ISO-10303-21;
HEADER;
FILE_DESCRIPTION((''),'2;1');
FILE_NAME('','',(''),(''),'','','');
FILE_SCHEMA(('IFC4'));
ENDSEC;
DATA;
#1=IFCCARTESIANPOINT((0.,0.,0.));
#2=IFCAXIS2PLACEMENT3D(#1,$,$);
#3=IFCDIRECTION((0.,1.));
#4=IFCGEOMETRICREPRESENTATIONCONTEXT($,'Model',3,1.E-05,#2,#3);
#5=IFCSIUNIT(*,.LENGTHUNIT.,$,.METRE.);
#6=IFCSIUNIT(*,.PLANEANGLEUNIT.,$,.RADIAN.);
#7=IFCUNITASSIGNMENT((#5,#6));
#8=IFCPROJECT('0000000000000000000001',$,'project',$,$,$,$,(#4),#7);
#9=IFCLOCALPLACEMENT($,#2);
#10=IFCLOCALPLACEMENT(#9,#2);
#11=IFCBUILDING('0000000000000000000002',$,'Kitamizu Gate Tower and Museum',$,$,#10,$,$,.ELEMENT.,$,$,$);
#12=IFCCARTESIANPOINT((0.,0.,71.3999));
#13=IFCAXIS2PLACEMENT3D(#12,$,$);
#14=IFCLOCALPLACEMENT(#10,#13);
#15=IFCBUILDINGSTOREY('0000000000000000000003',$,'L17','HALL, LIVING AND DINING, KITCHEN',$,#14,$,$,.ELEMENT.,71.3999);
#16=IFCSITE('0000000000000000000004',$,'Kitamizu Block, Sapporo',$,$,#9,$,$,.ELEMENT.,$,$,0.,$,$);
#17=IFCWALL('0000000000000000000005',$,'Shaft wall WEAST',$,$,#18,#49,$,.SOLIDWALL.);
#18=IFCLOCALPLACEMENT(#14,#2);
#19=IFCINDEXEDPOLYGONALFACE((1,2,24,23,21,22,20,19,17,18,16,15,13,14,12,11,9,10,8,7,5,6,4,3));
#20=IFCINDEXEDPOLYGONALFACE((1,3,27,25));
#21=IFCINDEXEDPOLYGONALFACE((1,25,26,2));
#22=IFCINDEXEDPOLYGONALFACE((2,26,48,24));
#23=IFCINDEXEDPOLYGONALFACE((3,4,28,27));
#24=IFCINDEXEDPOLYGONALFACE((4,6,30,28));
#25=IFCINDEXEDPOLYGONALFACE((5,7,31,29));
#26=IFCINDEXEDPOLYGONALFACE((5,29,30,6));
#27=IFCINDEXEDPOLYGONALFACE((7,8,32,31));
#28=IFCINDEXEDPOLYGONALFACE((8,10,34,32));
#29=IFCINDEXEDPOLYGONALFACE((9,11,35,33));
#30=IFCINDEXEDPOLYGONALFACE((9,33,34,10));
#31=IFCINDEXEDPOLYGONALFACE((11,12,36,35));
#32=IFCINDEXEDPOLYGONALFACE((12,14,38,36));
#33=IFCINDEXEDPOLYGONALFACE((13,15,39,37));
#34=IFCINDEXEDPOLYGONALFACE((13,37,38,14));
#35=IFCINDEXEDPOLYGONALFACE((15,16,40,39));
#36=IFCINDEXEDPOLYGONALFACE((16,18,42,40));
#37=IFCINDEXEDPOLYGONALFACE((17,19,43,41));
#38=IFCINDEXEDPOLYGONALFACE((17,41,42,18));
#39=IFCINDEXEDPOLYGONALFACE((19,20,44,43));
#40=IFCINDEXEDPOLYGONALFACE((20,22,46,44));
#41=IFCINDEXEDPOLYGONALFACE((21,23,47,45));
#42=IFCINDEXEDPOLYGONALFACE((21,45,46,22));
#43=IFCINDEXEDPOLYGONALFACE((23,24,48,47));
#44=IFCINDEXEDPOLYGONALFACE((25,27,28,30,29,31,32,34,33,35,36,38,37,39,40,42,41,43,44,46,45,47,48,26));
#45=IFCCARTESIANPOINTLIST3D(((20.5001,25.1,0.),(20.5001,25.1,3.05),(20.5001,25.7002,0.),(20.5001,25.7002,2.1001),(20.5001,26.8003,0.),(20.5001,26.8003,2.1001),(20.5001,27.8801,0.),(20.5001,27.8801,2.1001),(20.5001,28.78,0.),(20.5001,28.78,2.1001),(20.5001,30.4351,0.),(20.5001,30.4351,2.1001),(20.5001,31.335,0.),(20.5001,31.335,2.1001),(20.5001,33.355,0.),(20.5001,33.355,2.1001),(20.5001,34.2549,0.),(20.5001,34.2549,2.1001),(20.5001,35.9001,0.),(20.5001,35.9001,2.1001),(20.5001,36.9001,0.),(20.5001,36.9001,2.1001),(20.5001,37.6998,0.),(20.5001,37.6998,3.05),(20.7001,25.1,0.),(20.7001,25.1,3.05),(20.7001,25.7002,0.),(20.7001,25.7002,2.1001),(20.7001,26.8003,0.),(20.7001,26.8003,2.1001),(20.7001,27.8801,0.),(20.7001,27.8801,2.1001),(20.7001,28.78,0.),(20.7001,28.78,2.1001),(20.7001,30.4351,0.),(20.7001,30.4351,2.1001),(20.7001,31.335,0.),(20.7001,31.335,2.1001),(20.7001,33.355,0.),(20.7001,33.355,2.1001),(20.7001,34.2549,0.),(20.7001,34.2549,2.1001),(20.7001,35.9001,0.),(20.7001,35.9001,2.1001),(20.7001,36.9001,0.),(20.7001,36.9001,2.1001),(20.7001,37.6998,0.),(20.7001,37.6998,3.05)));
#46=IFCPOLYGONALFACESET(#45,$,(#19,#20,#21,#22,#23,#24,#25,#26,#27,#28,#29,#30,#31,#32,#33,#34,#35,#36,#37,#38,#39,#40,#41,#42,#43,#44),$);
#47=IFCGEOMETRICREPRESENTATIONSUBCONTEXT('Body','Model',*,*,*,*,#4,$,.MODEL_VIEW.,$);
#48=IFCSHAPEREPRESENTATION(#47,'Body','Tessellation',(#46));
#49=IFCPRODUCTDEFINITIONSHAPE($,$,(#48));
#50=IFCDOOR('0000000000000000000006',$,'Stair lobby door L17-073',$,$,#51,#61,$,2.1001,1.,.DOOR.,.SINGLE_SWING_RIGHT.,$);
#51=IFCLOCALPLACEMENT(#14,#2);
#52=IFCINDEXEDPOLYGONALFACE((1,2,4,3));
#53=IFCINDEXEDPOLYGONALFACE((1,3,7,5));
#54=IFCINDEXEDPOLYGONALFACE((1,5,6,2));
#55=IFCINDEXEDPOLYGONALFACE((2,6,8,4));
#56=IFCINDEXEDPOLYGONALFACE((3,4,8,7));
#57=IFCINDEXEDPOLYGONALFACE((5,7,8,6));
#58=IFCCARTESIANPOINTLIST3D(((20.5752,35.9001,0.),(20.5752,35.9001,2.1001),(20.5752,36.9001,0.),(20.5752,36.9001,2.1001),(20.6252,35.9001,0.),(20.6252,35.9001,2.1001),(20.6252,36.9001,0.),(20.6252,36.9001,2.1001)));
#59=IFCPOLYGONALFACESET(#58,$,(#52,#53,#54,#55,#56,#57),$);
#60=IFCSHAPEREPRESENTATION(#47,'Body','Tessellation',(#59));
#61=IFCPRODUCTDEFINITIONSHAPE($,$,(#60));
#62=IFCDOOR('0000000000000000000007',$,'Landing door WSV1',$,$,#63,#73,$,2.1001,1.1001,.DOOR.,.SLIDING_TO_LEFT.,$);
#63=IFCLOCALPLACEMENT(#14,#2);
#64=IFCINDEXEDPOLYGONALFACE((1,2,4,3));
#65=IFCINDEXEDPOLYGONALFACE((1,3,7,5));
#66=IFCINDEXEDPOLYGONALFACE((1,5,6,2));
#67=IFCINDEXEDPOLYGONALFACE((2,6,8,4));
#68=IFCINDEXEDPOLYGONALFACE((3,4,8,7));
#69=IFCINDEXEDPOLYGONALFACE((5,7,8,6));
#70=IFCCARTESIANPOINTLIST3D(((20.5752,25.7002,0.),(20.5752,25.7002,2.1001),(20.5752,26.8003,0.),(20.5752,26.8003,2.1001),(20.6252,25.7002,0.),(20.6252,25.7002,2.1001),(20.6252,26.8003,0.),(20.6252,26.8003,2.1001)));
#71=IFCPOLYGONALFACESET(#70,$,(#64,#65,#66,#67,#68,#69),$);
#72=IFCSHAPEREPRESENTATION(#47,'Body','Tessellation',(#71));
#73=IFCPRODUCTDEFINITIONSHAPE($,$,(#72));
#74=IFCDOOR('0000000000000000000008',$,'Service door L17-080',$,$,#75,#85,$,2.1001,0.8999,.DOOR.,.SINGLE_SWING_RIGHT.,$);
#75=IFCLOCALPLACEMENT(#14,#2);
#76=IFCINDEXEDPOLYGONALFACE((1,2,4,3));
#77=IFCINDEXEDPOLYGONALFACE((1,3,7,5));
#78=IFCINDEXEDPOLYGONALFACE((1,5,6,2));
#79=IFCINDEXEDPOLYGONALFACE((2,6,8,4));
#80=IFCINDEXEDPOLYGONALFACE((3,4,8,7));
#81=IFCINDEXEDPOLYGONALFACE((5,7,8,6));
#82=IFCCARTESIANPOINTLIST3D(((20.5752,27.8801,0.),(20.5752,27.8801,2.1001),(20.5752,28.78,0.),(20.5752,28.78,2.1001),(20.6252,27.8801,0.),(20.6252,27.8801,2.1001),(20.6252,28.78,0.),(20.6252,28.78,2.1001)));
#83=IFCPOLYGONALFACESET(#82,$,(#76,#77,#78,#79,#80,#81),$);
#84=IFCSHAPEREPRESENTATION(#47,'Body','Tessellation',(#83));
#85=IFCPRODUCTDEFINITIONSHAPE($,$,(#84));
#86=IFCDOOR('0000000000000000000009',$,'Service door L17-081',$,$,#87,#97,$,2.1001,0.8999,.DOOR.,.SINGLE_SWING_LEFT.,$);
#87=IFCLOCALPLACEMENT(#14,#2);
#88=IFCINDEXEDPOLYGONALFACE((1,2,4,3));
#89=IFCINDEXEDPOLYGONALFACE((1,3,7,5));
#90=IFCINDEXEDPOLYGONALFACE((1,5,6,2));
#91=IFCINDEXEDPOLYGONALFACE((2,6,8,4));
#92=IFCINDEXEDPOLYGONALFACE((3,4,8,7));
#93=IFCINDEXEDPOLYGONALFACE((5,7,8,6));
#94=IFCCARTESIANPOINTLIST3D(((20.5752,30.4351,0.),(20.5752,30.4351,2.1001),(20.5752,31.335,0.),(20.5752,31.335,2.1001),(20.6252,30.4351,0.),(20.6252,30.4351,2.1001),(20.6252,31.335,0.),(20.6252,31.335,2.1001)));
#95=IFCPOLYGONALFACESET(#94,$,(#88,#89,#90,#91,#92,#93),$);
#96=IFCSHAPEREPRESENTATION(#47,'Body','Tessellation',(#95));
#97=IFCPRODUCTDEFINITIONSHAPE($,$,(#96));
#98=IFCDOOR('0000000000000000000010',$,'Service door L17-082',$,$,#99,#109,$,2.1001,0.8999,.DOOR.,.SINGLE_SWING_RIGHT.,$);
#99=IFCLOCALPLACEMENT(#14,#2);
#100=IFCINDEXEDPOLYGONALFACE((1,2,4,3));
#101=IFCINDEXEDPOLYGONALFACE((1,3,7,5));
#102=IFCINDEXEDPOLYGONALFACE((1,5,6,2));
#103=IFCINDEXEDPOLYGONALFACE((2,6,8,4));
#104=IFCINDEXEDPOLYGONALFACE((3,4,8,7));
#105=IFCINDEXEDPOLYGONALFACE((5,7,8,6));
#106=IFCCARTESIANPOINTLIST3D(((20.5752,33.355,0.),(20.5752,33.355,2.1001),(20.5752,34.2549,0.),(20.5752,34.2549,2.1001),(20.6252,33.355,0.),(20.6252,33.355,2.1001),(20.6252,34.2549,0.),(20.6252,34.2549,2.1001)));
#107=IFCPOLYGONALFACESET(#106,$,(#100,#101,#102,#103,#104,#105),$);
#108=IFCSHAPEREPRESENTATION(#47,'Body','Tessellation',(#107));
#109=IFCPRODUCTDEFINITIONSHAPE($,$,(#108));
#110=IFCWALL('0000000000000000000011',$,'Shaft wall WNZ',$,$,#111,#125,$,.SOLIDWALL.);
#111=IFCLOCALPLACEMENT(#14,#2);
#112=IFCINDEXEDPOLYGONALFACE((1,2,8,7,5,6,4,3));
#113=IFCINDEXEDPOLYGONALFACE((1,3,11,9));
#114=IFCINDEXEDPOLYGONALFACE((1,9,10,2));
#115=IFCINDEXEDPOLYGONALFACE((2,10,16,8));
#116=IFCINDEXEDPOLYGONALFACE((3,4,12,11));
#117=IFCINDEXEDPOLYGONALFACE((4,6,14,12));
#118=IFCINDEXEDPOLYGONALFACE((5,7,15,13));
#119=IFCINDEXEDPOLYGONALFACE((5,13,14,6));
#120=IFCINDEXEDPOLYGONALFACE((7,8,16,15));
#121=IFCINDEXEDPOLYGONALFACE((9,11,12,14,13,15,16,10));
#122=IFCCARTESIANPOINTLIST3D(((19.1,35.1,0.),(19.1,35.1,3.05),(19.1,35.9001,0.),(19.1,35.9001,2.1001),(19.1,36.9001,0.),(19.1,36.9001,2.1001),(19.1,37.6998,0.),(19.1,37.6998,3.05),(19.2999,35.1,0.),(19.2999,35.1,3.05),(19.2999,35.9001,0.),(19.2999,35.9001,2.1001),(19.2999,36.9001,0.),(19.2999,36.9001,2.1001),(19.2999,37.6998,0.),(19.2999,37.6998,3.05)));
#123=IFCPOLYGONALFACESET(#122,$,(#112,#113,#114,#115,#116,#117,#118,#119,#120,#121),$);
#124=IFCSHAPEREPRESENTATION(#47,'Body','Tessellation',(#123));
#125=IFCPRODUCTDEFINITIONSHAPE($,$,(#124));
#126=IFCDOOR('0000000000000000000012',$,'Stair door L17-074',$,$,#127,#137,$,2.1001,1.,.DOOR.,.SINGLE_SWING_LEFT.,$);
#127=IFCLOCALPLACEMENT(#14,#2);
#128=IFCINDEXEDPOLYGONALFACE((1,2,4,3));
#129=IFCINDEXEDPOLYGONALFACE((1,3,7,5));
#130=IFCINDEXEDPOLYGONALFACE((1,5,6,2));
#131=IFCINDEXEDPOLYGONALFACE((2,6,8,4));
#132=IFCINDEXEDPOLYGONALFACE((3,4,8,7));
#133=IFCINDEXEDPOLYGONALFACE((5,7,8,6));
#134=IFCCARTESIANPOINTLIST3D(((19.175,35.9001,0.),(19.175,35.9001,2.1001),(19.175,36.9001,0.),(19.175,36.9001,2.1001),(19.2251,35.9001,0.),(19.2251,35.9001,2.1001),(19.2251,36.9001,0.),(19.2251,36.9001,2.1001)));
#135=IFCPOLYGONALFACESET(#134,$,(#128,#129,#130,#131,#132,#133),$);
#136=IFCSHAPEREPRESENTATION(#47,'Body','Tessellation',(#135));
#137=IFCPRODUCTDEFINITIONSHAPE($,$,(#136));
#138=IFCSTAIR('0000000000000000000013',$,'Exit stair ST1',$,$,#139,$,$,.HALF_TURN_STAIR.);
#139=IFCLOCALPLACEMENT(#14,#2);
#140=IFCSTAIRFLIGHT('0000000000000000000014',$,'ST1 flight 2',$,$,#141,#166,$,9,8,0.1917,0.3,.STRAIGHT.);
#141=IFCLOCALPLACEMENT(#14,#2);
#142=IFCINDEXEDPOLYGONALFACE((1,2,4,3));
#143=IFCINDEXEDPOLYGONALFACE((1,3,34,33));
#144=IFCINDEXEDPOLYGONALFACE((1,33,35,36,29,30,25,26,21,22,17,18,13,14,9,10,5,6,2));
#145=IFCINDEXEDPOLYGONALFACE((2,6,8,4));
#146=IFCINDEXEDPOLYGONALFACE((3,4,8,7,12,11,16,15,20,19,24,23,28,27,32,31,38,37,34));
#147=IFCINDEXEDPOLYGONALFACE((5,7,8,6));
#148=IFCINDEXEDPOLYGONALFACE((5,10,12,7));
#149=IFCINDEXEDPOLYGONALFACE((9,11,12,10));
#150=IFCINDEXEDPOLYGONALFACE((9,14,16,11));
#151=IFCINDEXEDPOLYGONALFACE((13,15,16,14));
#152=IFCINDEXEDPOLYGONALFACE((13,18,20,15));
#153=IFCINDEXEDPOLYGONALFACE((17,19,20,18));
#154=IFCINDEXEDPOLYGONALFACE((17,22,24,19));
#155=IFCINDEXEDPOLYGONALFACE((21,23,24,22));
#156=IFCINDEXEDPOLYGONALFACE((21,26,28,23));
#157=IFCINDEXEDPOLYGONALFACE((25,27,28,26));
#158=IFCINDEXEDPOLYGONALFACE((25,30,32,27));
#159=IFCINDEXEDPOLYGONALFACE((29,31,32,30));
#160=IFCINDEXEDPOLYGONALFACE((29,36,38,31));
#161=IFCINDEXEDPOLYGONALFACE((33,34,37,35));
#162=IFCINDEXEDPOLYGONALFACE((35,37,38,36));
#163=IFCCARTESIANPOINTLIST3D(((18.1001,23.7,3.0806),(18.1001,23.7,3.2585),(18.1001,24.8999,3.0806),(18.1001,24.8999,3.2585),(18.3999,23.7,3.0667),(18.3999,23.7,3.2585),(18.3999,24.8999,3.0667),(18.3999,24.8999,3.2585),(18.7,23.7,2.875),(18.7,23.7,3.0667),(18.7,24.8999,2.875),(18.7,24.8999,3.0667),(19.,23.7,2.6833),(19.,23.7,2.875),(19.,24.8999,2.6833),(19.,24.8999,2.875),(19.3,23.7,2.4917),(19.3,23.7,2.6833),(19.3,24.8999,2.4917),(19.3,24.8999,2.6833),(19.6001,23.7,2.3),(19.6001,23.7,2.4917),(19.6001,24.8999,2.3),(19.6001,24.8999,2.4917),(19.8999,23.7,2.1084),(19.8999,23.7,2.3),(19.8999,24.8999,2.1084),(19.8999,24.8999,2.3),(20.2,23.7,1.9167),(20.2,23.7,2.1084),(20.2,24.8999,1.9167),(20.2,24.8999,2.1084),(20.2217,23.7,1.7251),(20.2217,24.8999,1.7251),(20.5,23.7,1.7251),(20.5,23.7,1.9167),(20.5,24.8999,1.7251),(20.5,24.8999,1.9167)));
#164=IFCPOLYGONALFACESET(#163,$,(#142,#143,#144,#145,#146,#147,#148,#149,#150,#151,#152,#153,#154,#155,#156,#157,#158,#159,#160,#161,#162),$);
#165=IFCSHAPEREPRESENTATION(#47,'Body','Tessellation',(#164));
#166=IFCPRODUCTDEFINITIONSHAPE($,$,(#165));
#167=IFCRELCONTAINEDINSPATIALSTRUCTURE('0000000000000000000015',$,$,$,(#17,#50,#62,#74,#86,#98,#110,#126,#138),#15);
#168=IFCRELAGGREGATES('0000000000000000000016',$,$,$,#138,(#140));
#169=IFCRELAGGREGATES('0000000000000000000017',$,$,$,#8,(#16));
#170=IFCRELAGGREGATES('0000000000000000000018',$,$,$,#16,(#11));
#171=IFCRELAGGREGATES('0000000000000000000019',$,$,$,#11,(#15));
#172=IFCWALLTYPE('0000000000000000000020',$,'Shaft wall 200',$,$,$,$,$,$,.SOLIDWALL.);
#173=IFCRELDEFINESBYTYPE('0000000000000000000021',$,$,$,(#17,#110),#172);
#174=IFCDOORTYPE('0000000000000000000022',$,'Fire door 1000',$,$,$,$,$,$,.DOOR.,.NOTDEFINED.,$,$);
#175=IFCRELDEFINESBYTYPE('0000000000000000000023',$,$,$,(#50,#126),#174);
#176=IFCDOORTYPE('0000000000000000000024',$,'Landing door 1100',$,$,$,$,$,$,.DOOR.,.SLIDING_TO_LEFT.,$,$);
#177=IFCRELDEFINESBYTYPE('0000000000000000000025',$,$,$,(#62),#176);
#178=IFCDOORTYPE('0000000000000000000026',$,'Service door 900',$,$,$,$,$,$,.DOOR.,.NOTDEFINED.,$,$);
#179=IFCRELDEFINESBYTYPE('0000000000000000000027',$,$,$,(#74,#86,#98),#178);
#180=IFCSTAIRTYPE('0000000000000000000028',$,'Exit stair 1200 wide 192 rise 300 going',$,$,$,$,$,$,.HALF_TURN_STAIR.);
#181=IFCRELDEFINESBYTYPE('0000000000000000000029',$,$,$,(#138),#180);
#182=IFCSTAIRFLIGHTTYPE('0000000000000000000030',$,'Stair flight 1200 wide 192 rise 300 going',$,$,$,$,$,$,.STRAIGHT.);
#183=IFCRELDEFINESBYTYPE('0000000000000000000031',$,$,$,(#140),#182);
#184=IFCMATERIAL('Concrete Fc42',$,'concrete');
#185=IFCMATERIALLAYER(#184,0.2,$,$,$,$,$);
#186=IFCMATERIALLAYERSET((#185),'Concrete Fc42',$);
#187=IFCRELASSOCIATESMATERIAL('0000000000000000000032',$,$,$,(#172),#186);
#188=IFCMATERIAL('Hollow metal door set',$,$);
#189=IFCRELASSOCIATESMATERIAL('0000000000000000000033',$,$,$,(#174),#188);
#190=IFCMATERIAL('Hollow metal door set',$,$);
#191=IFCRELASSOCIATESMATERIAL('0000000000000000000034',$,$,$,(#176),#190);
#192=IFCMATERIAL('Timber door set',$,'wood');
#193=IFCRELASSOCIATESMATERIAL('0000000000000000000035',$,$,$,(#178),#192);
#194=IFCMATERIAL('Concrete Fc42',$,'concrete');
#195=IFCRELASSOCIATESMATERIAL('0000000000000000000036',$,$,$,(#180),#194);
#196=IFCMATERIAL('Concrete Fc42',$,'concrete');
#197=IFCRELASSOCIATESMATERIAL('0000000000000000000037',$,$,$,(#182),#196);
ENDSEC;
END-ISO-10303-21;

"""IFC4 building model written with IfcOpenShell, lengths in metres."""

from ifc_helpers import new_model, si_unit, direction, frame, frame_2d, origin, place, context, subcontext, project, spatial, polyline, rectangle, outline, extrude, material, layer, layer_set, type_object, element, fill, aggregate, save


model = new_model("IFC4")

# Units and contexts
model_context = context("Model", 3, precision=1e-05, world=origin(), true_north=direction((0.0, 1.0)))
body_context = subcontext(model_context, "Body", "Model", "MODEL_VIEW")
ifc_project = project(units=[si_unit("LENGTHUNIT", "METRE"), si_unit("PLANEANGLEUNIT", "RADIAN")], contexts=[model_context])

# Site, building, storey
site_placement = place(None, origin())
site = spatial("IfcSite", under=ifc_project, at=site_placement, Name="Kitamizu Block, Sapporo", CompositionType="ELEMENT", RefElevation=0.0)
building_placement = place(site_placement, origin())
building = spatial("IfcBuilding", under=site, at=building_placement, Name="Kitamizu Gate Tower and Museum", CompositionType="ELEMENT")
storey_placement = place(building_placement, frame((0.0, 0.0, 71.3999)))
storey = spatial("IfcBuildingStorey", under=building, at=storey_placement, Name="L17", Description="HALL, LIVING AND DINING, KITCHEN", CompositionType="ELEMENT", Elevation=71.3999)

# Wall, openings, doors
ifc_material_1 = material(Name="Concrete Fc42", Category="concrete")
ifc_layer_1 = layer(ifc_material_1, 0.2)
ifc_layer_set_1 = layer_set([ifc_layer_1], Name="Concrete Fc42")
wall_type_1 = type_object("IfcWallType", Name="Shaft wall 200", PredefinedType="SOLIDWALL", material=ifc_layer_set_1)
wall_1_placement = place(storey_placement, frame((20.6001, 25.1001, 0.0), z_axis=(0.0, 0.0, 1.0), x_axis=(0.0, 1.0, 0.0)))
wall_1 = element("IfcWall", 1, at=wall_1_placement, inside=storey, type_object=wall_type_1, Name="Shaft wall WEAST", PredefinedType="SOLIDWALL", context=body_context, shape_type="SweptSolid", body=[
    extrude(rectangle(XDim=12.5999, YDim=0.2, at=frame_2d((6.2998, 0.0))), origin(), (0.0, 0.0, 1.0), 3.05),
])
opening_1_placement = place(wall_1_placement, frame((0.6001, 0.0, 0.0)))
opening_1 = element("IfcOpeningElement", 2, at=opening_1_placement, cuts=wall_1, PredefinedType="OPENING", context=body_context, shape_type="SweptSolid", body=[
    extrude(rectangle(XDim=1.1001, YDim=2.1001, at=frame_2d((0.55, 1.05))), frame((0.0, 0.1099, 0.0), z_axis=(0.0, -1.0, 0.0), x_axis=(1.0, 0.0, 0.0)), (0.0, 0.0, 1.0), 0.22),
])
opening_2_placement = place(wall_1_placement, frame((10.8, 0.0, 0.0)))
opening_2 = element("IfcOpeningElement", 3, at=opening_2_placement, cuts=wall_1, PredefinedType="OPENING", context=body_context, shape_type="SweptSolid", body=[
    extrude(rectangle(XDim=1.0, YDim=2.1001, at=frame_2d((0.5, 1.05))), frame((0.0, 0.1099, 0.0), z_axis=(0.0, -1.0, 0.0), x_axis=(1.0, 0.0, 0.0)), (0.0, 0.0, 1.0), 0.22),
])
opening_3_placement = place(wall_1_placement, frame((2.78, 0.0, 0.0)))
opening_3 = element("IfcOpeningElement", 4, at=opening_3_placement, cuts=wall_1, PredefinedType="OPENING", context=body_context, shape_type="SweptSolid", body=[
    extrude(rectangle(XDim=0.8999, YDim=2.1001, at=frame_2d((0.45, 1.05))), frame((0.0, 0.1099, 0.0), z_axis=(0.0, -1.0, 0.0), x_axis=(1.0, 0.0, 0.0)), (0.0, 0.0, 1.0), 0.22),
])
opening_4_placement = place(wall_1_placement, frame((5.335, 0.0, 0.0)))
opening_4 = element("IfcOpeningElement", 5, at=opening_4_placement, cuts=wall_1, PredefinedType="OPENING", context=body_context, shape_type="SweptSolid", body=[
    extrude(rectangle(XDim=0.8999, YDim=2.1001, at=frame_2d((0.45, 1.05))), frame((0.0, 0.1099, 0.0), z_axis=(0.0, -1.0, 0.0), x_axis=(1.0, 0.0, 0.0)), (0.0, 0.0, 1.0), 0.22),
])
opening_5_placement = place(wall_1_placement, frame((8.2549, 0.0, 0.0)))
opening_5 = element("IfcOpeningElement", 6, at=opening_5_placement, cuts=wall_1, PredefinedType="OPENING", context=body_context, shape_type="SweptSolid", body=[
    extrude(rectangle(XDim=0.8999, YDim=2.1001, at=frame_2d((0.45, 1.05))), frame((0.0, 0.1099, 0.0), z_axis=(0.0, -1.0, 0.0), x_axis=(1.0, 0.0, 0.0)), (0.0, 0.0, 1.0), 0.22),
])
ifc_material_2 = material(Name="Hollow metal door set")
door_type_1 = type_object("IfcDoorType", Name="Fire door 1000", OperationType="NOTDEFINED", PredefinedType="DOOR", material=ifc_material_2)
door_1_placement = place(opening_2_placement, origin())
door_1 = element("IfcDoor", 7, at=door_1_placement, inside=storey, type_object=door_type_1, Name="Stair lobby door L17-073", OperationType="SINGLE_SWING_RIGHT", OverallHeight=2.1001, OverallWidth=1.0, PredefinedType="DOOR", context=body_context, shape_type="SweptSolid", body=[
    extrude(rectangle(XDim=1.0, YDim=2.1001, at=frame_2d((0.5, 1.05))), frame((0.0, 0.0249, 0.0), z_axis=(0.0, -1.0, 0.0), x_axis=(1.0, 0.0, 0.0)), (0.0, 0.0, 1.0), 0.05),
])
fill(opening_2, door_1)
ifc_material_3 = material(Name="Hollow metal door set")
door_type_2 = type_object("IfcDoorType", Name="Landing door 1100", OperationType="SLIDING_TO_LEFT", PredefinedType="DOOR", material=ifc_material_3)
door_2_placement = place(opening_1_placement, origin())
door_2 = element("IfcDoor", 8, at=door_2_placement, inside=storey, type_object=door_type_2, Name="Landing door WSV1", OperationType="SLIDING_TO_LEFT", OverallHeight=2.1001, OverallWidth=1.1001, PredefinedType="DOOR", context=body_context, shape_type="SweptSolid", body=[
    extrude(rectangle(XDim=1.1001, YDim=2.1001, at=frame_2d((0.55, 1.05))), frame((0.0, 0.0249, 0.0), z_axis=(0.0, -1.0, 0.0), x_axis=(1.0, 0.0, 0.0)), (0.0, 0.0, 1.0), 0.05),
])
fill(opening_1, door_2)
ifc_material_4 = material(Name="Timber door set", Category="wood")
door_type_3 = type_object("IfcDoorType", Name="Service door 900", OperationType="NOTDEFINED", PredefinedType="DOOR", material=ifc_material_4)
door_3_placement = place(opening_3_placement, origin())
door_3 = element("IfcDoor", 9, at=door_3_placement, inside=storey, type_object=door_type_3, Name="Service door L17-080", OperationType="SINGLE_SWING_RIGHT", OverallHeight=2.1001, OverallWidth=0.8999, PredefinedType="DOOR", context=body_context, shape_type="SweptSolid", body=[
    extrude(rectangle(XDim=0.8999, YDim=2.1001, at=frame_2d((0.45, 1.05))), frame((0.0, 0.0249, 0.0), z_axis=(0.0, -1.0, 0.0), x_axis=(1.0, 0.0, 0.0)), (0.0, 0.0, 1.0), 0.05),
])
fill(opening_3, door_3)
door_4_placement = place(opening_4_placement, origin())
door_4 = element("IfcDoor", 10, at=door_4_placement, inside=storey, type_object=door_type_3, Name="Service door L17-081", OperationType="SINGLE_SWING_LEFT", OverallHeight=2.1001, OverallWidth=0.8999, PredefinedType="DOOR", context=body_context, shape_type="SweptSolid", body=[
    extrude(rectangle(XDim=0.8999, YDim=2.1001, at=frame_2d((0.45, 1.05))), frame((0.0, 0.0249, 0.0), z_axis=(0.0, -1.0, 0.0), x_axis=(1.0, 0.0, 0.0)), (0.0, 0.0, 1.0), 0.05),
])
fill(opening_4, door_4)
door_5_placement = place(opening_5_placement, origin())
door_5 = element("IfcDoor", 11, at=door_5_placement, inside=storey, type_object=door_type_3, Name="Service door L17-082", OperationType="SINGLE_SWING_RIGHT", OverallHeight=2.1001, OverallWidth=0.8999, PredefinedType="DOOR", context=body_context, shape_type="SweptSolid", body=[
    extrude(rectangle(XDim=0.8999, YDim=2.1001, at=frame_2d((0.45, 1.05))), frame((0.0, 0.0249, 0.0), z_axis=(0.0, -1.0, 0.0), x_axis=(1.0, 0.0, 0.0)), (0.0, 0.0, 1.0), 0.05),
])
fill(opening_5, door_5)

# Wall, opening, door
wall_2_placement = place(storey_placement, frame((19.2, 35.1001, 0.0), z_axis=(0.0, 0.0, 1.0), x_axis=(0.0, 1.0, 0.0)))
wall_2 = element("IfcWall", 12, at=wall_2_placement, inside=storey, type_object=wall_type_1, Name="Shaft wall WNZ", PredefinedType="SOLIDWALL", context=body_context, shape_type="SweptSolid", body=[
    extrude(rectangle(XDim=2.5999, YDim=0.2, at=frame_2d((1.2998, 0.0))), origin(), (0.0, 0.0, 1.0), 3.05),
])
opening_6_placement = place(wall_2_placement, frame((0.8, 0.0, 0.0)))
opening_6 = element("IfcOpeningElement", 13, at=opening_6_placement, cuts=wall_2, PredefinedType="OPENING", context=body_context, shape_type="SweptSolid", body=[
    extrude(rectangle(XDim=1.0, YDim=2.1001, at=frame_2d((0.5, 1.05))), frame((0.0, 0.1099, 0.0), z_axis=(0.0, -1.0, 0.0), x_axis=(1.0, 0.0, 0.0)), (0.0, 0.0, 1.0), 0.22),
])
door_6_placement = place(opening_6_placement, origin())
door_6 = element("IfcDoor", 14, at=door_6_placement, inside=storey, type_object=door_type_1, Name="Stair door L17-074", OperationType="SINGLE_SWING_LEFT", OverallHeight=2.1001, OverallWidth=1.0, PredefinedType="DOOR", context=body_context, shape_type="SweptSolid", body=[
    extrude(rectangle(XDim=1.0, YDim=2.1001, at=frame_2d((0.5, 1.05))), frame((0.0, 0.0249, 0.0), z_axis=(0.0, -1.0, 0.0), x_axis=(1.0, 0.0, 0.0)), (0.0, 0.0, 1.0), 0.05),
])
fill(opening_6, door_6)

# Stair, stair flight
ifc_material_5 = material(Name="Concrete Fc42", Category="concrete")
stair_type = type_object("IfcStairType", Name="Exit stair 1200 wide 192 rise 300 going", PredefinedType="HALF_TURN_STAIR", material=ifc_material_5)
stair_placement = place(storey_placement, origin())
stair = element("IfcStair", 15, at=stair_placement, inside=storey, type_object=stair_type, Name="Exit stair ST1", PredefinedType="HALF_TURN_STAIR")
ifc_material_6 = material(Name="Concrete Fc42", Category="concrete")
stair_flight_type = type_object("IfcStairFlightType", Name="Stair flight 1200 wide 192 rise 300 going", PredefinedType="STRAIGHT", material=ifc_material_6)
stair_flight_placement = place(storey_placement, frame((20.5, 24.3, 1.7251), z_axis=(0.0, 0.0, 1.0), x_axis=(-1.0, 0.0, 0.0)))
stair_flight = element("IfcStairFlight", 16, at=stair_flight_placement, type_object=stair_flight_type, Name="ST1 flight 2", NumberOfRisers=9, NumberOfTreads=8, PredefinedType="STRAIGHT", RiserHeight=0.1917, TreadLength=0.3, context=body_context, shape_type="SweptSolid", body=[
    extrude(outline(polyline([(0.0, 0.0), (0.0, 0.1917), (0.3, 0.1917), (0.3, 0.3833), (0.6001, 0.3833), (0.6001, 0.575), (0.8999, 0.575), (0.8999, 0.7666), (1.2, 0.7666), (1.2, 0.9583), (1.5, 0.9583), (1.5, 1.1499), (1.8, 1.1499), (1.8, 1.3416), (2.1001, 1.3416), (2.1001, 1.5334), (2.3999, 1.5334), (2.3999, 1.7251), (2.3999, 1.3555), (0.2783, 0.0), (0.0, 0.0)])), frame((0.0, 0.6001, 0.0), z_axis=(0.0, -1.0, 0.0), x_axis=(1.0, 0.0, 0.0)), (0.0, 0.0, 1.0), 1.2),
])
aggregate(stair, [stair_flight])

save(model, "model.ifc")
